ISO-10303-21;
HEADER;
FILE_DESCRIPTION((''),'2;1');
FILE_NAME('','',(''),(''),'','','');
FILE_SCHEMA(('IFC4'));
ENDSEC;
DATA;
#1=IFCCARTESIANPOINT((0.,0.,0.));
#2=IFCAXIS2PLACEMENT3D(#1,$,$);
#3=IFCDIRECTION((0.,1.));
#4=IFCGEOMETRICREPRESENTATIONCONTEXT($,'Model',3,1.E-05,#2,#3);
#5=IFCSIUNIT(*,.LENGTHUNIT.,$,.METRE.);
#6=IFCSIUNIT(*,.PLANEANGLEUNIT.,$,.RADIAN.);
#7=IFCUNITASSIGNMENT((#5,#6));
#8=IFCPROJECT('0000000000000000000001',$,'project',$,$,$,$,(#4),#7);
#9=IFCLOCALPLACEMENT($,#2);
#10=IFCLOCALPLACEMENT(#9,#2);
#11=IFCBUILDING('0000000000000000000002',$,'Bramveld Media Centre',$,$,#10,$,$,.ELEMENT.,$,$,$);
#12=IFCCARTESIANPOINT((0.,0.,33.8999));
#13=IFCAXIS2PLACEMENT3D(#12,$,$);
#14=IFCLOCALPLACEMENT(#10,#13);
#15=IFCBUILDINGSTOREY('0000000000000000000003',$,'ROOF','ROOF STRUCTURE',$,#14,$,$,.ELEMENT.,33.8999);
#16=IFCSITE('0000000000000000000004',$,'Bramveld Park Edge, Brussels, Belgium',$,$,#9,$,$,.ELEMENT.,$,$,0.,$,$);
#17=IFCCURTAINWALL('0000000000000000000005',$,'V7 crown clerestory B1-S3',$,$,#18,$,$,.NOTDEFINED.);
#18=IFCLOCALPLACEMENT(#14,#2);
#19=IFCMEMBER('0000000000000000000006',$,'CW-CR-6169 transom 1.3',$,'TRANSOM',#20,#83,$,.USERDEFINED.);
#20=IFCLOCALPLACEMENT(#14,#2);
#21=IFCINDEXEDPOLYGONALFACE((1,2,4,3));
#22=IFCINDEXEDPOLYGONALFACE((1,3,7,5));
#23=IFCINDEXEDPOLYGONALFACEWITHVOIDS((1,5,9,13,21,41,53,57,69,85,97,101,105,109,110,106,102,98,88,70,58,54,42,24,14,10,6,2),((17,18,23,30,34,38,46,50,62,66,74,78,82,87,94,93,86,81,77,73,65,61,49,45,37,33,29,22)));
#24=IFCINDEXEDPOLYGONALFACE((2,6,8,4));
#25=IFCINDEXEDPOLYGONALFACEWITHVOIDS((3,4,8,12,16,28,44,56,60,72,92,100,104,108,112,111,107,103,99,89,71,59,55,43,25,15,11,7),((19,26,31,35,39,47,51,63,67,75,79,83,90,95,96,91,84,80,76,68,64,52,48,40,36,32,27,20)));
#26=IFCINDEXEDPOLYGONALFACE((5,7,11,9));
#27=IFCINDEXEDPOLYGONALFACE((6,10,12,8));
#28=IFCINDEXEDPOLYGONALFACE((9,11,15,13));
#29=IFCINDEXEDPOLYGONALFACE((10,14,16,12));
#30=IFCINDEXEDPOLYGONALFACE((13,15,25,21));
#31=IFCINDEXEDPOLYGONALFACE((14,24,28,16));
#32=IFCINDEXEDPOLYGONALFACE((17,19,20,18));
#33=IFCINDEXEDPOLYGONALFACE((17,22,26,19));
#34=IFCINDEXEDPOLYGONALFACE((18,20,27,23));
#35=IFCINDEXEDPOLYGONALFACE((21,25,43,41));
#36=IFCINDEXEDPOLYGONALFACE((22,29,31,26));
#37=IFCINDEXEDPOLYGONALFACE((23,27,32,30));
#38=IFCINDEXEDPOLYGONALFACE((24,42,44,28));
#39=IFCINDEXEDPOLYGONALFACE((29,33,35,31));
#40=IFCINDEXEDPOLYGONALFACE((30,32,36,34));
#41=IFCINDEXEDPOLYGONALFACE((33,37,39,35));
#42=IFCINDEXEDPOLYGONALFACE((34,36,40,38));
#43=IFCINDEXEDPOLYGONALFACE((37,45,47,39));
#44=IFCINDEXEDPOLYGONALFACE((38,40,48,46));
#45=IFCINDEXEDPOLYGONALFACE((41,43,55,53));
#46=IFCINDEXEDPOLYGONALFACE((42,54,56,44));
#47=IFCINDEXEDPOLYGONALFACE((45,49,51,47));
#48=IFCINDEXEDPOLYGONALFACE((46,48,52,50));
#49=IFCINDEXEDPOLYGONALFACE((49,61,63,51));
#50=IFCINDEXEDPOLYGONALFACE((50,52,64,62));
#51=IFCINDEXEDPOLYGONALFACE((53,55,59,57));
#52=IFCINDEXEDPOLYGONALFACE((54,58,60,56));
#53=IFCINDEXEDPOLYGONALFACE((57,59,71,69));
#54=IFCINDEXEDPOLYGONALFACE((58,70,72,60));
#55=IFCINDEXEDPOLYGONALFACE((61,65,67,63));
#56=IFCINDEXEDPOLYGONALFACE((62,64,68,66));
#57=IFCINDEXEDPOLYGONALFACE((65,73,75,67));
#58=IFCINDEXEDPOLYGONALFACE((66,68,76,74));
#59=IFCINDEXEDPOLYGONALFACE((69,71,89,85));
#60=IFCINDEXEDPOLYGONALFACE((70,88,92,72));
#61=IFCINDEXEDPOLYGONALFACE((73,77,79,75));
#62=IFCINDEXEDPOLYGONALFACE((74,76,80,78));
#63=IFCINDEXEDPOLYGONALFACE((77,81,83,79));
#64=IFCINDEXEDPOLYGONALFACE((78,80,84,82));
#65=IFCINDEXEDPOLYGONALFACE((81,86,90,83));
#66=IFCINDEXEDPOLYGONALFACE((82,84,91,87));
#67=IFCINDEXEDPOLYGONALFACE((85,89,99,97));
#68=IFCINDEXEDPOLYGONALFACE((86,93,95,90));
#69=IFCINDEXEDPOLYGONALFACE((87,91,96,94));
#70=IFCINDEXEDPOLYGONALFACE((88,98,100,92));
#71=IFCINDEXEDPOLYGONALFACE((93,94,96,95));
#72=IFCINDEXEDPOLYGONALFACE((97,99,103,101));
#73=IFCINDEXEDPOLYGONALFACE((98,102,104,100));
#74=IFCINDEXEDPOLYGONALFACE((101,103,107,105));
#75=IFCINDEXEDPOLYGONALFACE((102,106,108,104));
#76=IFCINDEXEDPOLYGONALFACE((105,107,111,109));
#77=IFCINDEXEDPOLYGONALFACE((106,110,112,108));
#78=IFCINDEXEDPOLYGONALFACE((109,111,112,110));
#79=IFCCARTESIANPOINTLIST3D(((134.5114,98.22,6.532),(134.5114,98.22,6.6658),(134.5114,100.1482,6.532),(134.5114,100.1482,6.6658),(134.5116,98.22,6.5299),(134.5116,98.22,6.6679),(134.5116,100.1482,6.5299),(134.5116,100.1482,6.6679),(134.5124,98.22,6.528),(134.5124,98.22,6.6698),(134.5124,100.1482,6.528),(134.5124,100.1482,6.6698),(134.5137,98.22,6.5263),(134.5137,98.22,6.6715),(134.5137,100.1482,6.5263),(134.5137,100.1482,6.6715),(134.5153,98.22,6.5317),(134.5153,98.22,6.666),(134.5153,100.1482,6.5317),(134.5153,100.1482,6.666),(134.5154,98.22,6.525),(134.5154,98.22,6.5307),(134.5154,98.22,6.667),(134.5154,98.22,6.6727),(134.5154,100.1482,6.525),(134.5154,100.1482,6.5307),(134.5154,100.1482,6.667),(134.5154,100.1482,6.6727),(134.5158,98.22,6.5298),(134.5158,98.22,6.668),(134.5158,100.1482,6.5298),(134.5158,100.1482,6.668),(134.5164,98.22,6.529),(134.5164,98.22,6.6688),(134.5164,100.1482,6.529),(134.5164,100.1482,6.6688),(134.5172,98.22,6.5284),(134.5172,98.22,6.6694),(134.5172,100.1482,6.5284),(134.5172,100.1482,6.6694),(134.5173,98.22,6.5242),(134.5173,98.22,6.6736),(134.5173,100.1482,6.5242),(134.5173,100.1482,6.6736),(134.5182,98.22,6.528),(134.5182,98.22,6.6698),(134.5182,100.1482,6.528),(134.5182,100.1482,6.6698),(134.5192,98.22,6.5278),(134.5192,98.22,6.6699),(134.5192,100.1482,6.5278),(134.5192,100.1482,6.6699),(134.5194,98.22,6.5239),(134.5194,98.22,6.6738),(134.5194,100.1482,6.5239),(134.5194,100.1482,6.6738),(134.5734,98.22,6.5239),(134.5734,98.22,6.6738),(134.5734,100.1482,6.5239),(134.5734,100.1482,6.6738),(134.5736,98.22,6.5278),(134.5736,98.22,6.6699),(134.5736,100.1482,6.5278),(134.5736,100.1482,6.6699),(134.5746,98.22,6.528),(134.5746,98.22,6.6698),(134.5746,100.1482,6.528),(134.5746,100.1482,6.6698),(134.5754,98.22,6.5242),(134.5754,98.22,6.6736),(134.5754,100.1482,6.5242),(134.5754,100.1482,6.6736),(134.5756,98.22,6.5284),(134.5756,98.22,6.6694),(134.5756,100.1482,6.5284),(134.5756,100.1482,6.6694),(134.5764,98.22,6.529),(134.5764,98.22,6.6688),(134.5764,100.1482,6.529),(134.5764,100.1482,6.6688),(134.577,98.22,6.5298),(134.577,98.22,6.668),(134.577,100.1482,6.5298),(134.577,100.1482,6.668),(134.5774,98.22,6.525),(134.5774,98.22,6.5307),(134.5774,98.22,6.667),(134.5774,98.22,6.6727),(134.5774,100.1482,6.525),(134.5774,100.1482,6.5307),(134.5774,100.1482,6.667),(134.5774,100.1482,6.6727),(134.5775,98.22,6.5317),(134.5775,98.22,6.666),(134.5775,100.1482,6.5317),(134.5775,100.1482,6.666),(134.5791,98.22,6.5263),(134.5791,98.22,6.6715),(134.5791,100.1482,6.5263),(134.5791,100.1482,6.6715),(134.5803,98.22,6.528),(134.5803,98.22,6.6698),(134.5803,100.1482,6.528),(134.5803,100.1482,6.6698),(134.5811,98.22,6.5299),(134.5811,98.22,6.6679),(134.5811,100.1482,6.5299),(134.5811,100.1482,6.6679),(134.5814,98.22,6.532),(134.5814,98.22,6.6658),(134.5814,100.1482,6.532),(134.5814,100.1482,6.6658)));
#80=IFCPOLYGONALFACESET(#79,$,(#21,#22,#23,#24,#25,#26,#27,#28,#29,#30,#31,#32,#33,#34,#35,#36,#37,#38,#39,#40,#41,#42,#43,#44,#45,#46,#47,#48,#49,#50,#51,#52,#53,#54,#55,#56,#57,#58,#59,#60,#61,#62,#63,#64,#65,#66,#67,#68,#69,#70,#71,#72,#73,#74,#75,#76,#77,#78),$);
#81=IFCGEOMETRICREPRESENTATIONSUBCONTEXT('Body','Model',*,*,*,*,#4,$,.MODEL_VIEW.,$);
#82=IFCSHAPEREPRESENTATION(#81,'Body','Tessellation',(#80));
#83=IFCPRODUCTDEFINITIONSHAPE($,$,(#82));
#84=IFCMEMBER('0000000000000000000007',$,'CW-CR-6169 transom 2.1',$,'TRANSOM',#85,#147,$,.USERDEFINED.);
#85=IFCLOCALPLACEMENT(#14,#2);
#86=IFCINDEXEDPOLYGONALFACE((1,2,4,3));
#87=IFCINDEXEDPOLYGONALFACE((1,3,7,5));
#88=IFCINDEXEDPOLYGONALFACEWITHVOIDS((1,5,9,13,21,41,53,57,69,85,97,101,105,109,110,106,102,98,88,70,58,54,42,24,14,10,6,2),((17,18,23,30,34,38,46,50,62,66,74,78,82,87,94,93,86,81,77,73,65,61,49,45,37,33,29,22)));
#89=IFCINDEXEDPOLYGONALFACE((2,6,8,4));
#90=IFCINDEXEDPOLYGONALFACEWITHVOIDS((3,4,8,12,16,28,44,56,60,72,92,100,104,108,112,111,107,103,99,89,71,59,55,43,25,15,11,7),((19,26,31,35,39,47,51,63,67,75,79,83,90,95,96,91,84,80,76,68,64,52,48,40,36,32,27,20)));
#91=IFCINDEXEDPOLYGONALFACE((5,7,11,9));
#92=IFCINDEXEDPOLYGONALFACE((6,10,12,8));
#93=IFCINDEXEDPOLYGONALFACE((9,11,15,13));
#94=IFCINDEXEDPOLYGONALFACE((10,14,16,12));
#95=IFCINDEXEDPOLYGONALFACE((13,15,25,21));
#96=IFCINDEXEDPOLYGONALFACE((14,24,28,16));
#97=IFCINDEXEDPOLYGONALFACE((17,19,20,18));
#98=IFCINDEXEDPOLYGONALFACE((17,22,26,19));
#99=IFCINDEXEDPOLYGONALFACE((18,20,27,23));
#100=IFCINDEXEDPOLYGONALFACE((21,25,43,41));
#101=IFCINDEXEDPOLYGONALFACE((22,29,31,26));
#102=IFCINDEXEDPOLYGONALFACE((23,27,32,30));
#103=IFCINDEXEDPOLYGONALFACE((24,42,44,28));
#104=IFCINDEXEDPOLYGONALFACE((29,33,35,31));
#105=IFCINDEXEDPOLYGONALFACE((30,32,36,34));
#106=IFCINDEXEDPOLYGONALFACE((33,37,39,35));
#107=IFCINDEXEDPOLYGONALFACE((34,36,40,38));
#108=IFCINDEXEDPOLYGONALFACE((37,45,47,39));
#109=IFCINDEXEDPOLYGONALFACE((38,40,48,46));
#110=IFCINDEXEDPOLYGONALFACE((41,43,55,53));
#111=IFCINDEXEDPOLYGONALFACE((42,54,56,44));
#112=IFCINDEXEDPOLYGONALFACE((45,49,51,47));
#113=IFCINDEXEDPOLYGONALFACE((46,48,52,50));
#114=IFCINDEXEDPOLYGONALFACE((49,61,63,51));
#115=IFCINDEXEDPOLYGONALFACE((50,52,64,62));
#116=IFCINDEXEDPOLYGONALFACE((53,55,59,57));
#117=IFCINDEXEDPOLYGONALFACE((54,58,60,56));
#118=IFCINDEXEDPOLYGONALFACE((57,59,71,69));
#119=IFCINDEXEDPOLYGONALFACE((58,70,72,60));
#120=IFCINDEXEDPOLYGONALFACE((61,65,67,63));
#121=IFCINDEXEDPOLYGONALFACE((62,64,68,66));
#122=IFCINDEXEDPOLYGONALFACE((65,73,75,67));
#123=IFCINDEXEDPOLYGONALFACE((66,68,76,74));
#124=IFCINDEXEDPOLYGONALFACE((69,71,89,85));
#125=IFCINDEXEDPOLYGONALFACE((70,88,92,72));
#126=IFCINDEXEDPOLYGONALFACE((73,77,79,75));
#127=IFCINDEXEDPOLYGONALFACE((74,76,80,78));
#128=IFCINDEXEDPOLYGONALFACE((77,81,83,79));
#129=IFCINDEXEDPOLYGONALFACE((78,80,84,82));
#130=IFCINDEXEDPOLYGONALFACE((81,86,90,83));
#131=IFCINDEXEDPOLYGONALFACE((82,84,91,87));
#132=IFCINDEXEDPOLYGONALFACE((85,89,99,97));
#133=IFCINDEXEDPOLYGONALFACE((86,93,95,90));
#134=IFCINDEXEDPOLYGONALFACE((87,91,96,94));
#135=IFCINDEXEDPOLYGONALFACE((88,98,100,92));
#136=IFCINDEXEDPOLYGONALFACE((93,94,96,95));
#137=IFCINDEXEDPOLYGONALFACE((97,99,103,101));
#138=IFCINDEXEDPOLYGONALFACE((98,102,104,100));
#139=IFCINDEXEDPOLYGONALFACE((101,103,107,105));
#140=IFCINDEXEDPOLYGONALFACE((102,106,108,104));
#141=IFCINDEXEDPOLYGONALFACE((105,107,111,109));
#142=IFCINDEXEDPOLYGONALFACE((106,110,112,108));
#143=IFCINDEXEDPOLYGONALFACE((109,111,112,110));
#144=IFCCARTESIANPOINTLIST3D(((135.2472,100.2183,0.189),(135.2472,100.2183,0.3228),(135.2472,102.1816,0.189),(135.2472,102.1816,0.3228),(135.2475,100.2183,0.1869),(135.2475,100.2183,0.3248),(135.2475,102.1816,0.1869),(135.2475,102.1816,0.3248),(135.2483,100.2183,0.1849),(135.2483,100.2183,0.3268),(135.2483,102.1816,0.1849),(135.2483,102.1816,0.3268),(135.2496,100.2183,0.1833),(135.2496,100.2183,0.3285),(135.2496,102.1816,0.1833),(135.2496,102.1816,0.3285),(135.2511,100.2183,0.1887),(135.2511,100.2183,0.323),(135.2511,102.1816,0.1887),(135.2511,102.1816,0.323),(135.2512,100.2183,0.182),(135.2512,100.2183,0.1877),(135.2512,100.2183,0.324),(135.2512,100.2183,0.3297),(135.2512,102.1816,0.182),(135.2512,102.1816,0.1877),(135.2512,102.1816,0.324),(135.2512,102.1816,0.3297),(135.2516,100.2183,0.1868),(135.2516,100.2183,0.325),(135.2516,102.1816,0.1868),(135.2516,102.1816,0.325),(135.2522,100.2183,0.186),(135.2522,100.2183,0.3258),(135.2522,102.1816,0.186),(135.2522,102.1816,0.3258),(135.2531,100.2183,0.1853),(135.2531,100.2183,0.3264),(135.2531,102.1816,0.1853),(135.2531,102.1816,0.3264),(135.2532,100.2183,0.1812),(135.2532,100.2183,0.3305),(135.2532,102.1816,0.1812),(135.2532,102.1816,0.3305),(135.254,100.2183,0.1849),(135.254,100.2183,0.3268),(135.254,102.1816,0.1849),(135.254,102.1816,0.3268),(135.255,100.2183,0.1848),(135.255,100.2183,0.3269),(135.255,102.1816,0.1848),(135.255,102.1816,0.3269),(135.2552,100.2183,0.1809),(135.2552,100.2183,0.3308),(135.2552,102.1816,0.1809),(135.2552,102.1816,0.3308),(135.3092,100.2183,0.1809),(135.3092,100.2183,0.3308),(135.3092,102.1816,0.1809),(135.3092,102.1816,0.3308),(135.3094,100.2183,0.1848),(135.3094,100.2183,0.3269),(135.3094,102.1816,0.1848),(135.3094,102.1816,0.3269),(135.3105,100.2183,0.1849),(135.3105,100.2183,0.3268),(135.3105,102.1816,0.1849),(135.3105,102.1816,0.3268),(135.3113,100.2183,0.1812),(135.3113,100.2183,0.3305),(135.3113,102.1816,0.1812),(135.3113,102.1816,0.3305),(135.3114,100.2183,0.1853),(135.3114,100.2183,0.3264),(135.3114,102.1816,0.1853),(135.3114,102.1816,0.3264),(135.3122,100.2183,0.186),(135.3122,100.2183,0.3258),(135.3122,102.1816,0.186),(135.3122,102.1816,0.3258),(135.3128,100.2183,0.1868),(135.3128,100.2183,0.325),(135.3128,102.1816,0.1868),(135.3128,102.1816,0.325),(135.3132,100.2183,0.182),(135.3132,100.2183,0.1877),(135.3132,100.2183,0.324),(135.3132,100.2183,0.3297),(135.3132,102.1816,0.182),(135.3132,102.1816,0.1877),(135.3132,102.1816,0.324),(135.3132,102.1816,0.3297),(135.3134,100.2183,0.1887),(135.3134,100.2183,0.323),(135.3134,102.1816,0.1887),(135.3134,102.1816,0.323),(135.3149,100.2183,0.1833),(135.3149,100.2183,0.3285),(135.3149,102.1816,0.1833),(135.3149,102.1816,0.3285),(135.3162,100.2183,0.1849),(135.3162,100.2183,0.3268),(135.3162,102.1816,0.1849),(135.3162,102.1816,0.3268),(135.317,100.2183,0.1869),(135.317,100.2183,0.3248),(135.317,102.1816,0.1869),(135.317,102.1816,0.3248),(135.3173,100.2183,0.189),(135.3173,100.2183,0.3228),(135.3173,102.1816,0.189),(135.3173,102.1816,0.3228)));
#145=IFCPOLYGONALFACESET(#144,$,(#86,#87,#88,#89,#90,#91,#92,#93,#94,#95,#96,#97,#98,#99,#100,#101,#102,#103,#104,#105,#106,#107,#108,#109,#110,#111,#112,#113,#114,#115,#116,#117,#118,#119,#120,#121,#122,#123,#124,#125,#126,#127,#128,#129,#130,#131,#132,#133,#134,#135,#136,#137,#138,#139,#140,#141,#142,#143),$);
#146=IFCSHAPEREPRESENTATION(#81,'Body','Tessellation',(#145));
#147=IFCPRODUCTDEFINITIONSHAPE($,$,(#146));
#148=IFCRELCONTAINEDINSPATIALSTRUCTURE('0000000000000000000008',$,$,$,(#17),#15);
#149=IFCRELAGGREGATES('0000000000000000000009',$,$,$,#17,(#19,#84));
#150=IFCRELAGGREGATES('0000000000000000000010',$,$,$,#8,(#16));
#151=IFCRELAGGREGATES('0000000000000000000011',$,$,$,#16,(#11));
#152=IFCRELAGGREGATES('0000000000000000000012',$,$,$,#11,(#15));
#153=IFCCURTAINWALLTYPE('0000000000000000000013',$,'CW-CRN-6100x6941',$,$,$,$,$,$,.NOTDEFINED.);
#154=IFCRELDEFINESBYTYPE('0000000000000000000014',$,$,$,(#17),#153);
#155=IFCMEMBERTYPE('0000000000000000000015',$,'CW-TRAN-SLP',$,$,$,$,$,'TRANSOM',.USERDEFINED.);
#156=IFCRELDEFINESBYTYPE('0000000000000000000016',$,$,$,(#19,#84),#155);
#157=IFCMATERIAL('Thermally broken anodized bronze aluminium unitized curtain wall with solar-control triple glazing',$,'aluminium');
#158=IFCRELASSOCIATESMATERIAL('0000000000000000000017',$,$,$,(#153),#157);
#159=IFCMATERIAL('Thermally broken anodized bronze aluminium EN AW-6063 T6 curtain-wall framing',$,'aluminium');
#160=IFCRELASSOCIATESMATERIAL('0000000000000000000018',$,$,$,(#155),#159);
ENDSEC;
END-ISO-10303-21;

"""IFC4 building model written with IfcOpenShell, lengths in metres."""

from ifc_helpers import new_model, si_unit, direction, frame, origin, origin_2d, place, context, subcontext, project, spatial, hollow_rectangle, extrude, material, material_profile, profile_set, type_object, element, aggregate, save


model = new_model("IFC4")

# Units and contexts
model_context = context("Model", 3, precision=1e-05, world=origin(), true_north=direction((0.0, 1.0)))
body_context = subcontext(model_context, "Body", "Model", "MODEL_VIEW")
ifc_project = project(units=[si_unit("LENGTHUNIT", "METRE"), si_unit("PLANEANGLEUNIT", "RADIAN")], contexts=[model_context])

# Site, building, storey
site_placement = place(None, origin())
site = spatial("IfcSite", under=ifc_project, at=site_placement, Name="Bramveld Park Edge, Brussels, Belgium", CompositionType="ELEMENT", RefElevation=0.0)
building_placement = place(site_placement, origin())
building = spatial("IfcBuilding", under=site, at=building_placement, Name="Bramveld Media Centre", CompositionType="ELEMENT")
storey_placement = place(building_placement, frame((0.0, 0.0, 33.8999)))
storey = spatial("IfcBuildingStorey", under=building, at=storey_placement, Name="ROOF", Description="ROOF STRUCTURE", CompositionType="ELEMENT", Elevation=33.8999)

# Curtain wall, members
ifc_material_1 = material(Name="Thermally broken anodized bronze aluminium unitized curtain wall with solar-control triple glazing", Category="aluminium")
curtain_wall_type = type_object("IfcCurtainWallType", Name="CW-CRN-6100x6941", PredefinedType="NOTDEFINED", material=ifc_material_1)
curtain_wall_placement = place(storey_placement, origin())
curtain_wall = element("IfcCurtainWall", 1, at=curtain_wall_placement, inside=storey, type_object=curtain_wall_type, Name="V7 crown clerestory B1-S3", PredefinedType="NOTDEFINED")
ifc_material_2 = material(Name="Thermally broken anodized bronze aluminium EN AW-6063 T6 curtain-wall framing", Category="aluminium")
ifc_material_profile_1 = material_profile(ifc_material_2, hollow_rectangle(XDim=0.0701, YDim=0.1499, WallThickness=0.0039, InnerFilletRadius=0.0039, OuterFilletRadius=0.0081, at=origin_2d()), Name="AL-TRAN 70x150")
ifc_profile_set_1 = profile_set([ifc_material_profile_1], Name="Thermally broken anodized bronze aluminium EN AW-6063 T6 curtain-wall framing")
member_type_1 = type_object("IfcMemberType", Name="CW-TRAN-SLP", ElementType="TRANSOM", PredefinedType="USERDEFINED", material=ifc_profile_set_1)
member_1_placement = place(storey_placement, frame((134.5464, 98.22, 6.5989), z_axis=(0.0, 1.0, 0.0), x_axis=(-1.0, 0.0, 0.0)))
member_1 = element("IfcMember", 2, at=member_1_placement, type_object=member_type_1, Name="CW-CR-6169 transom 1.3", ObjectType="TRANSOM", PredefinedType="USERDEFINED", context=body_context, shape_type="SweptSolid", body=[
    extrude(hollow_rectangle(XDim=0.0701, YDim=0.1499, WallThickness=0.0039, InnerFilletRadius=0.0039, OuterFilletRadius=0.0081, at=origin_2d()), origin(), (0.0, 0.0, 1.0), 1.9282),
])
member_2_placement = place(storey_placement, frame((135.2822, 100.2183, 0.2559), z_axis=(0.0, 1.0, 0.0), x_axis=(-1.0, 0.0, 0.0)))
member_2 = element("IfcMember", 3, at=member_2_placement, type_object=member_type_1, Name="CW-CR-6169 transom 2.1", ObjectType="TRANSOM", PredefinedType="USERDEFINED", context=body_context, shape_type="SweptSolid", body=[
    extrude(hollow_rectangle(XDim=0.0701, YDim=0.1499, WallThickness=0.0039, InnerFilletRadius=0.0039, OuterFilletRadius=0.0081, at=origin_2d()), origin(), (0.0, 0.0, 1.0), 1.9634),
])

aggregate(curtain_wall, [member_1, member_2])

save(model, "model.ifc")
